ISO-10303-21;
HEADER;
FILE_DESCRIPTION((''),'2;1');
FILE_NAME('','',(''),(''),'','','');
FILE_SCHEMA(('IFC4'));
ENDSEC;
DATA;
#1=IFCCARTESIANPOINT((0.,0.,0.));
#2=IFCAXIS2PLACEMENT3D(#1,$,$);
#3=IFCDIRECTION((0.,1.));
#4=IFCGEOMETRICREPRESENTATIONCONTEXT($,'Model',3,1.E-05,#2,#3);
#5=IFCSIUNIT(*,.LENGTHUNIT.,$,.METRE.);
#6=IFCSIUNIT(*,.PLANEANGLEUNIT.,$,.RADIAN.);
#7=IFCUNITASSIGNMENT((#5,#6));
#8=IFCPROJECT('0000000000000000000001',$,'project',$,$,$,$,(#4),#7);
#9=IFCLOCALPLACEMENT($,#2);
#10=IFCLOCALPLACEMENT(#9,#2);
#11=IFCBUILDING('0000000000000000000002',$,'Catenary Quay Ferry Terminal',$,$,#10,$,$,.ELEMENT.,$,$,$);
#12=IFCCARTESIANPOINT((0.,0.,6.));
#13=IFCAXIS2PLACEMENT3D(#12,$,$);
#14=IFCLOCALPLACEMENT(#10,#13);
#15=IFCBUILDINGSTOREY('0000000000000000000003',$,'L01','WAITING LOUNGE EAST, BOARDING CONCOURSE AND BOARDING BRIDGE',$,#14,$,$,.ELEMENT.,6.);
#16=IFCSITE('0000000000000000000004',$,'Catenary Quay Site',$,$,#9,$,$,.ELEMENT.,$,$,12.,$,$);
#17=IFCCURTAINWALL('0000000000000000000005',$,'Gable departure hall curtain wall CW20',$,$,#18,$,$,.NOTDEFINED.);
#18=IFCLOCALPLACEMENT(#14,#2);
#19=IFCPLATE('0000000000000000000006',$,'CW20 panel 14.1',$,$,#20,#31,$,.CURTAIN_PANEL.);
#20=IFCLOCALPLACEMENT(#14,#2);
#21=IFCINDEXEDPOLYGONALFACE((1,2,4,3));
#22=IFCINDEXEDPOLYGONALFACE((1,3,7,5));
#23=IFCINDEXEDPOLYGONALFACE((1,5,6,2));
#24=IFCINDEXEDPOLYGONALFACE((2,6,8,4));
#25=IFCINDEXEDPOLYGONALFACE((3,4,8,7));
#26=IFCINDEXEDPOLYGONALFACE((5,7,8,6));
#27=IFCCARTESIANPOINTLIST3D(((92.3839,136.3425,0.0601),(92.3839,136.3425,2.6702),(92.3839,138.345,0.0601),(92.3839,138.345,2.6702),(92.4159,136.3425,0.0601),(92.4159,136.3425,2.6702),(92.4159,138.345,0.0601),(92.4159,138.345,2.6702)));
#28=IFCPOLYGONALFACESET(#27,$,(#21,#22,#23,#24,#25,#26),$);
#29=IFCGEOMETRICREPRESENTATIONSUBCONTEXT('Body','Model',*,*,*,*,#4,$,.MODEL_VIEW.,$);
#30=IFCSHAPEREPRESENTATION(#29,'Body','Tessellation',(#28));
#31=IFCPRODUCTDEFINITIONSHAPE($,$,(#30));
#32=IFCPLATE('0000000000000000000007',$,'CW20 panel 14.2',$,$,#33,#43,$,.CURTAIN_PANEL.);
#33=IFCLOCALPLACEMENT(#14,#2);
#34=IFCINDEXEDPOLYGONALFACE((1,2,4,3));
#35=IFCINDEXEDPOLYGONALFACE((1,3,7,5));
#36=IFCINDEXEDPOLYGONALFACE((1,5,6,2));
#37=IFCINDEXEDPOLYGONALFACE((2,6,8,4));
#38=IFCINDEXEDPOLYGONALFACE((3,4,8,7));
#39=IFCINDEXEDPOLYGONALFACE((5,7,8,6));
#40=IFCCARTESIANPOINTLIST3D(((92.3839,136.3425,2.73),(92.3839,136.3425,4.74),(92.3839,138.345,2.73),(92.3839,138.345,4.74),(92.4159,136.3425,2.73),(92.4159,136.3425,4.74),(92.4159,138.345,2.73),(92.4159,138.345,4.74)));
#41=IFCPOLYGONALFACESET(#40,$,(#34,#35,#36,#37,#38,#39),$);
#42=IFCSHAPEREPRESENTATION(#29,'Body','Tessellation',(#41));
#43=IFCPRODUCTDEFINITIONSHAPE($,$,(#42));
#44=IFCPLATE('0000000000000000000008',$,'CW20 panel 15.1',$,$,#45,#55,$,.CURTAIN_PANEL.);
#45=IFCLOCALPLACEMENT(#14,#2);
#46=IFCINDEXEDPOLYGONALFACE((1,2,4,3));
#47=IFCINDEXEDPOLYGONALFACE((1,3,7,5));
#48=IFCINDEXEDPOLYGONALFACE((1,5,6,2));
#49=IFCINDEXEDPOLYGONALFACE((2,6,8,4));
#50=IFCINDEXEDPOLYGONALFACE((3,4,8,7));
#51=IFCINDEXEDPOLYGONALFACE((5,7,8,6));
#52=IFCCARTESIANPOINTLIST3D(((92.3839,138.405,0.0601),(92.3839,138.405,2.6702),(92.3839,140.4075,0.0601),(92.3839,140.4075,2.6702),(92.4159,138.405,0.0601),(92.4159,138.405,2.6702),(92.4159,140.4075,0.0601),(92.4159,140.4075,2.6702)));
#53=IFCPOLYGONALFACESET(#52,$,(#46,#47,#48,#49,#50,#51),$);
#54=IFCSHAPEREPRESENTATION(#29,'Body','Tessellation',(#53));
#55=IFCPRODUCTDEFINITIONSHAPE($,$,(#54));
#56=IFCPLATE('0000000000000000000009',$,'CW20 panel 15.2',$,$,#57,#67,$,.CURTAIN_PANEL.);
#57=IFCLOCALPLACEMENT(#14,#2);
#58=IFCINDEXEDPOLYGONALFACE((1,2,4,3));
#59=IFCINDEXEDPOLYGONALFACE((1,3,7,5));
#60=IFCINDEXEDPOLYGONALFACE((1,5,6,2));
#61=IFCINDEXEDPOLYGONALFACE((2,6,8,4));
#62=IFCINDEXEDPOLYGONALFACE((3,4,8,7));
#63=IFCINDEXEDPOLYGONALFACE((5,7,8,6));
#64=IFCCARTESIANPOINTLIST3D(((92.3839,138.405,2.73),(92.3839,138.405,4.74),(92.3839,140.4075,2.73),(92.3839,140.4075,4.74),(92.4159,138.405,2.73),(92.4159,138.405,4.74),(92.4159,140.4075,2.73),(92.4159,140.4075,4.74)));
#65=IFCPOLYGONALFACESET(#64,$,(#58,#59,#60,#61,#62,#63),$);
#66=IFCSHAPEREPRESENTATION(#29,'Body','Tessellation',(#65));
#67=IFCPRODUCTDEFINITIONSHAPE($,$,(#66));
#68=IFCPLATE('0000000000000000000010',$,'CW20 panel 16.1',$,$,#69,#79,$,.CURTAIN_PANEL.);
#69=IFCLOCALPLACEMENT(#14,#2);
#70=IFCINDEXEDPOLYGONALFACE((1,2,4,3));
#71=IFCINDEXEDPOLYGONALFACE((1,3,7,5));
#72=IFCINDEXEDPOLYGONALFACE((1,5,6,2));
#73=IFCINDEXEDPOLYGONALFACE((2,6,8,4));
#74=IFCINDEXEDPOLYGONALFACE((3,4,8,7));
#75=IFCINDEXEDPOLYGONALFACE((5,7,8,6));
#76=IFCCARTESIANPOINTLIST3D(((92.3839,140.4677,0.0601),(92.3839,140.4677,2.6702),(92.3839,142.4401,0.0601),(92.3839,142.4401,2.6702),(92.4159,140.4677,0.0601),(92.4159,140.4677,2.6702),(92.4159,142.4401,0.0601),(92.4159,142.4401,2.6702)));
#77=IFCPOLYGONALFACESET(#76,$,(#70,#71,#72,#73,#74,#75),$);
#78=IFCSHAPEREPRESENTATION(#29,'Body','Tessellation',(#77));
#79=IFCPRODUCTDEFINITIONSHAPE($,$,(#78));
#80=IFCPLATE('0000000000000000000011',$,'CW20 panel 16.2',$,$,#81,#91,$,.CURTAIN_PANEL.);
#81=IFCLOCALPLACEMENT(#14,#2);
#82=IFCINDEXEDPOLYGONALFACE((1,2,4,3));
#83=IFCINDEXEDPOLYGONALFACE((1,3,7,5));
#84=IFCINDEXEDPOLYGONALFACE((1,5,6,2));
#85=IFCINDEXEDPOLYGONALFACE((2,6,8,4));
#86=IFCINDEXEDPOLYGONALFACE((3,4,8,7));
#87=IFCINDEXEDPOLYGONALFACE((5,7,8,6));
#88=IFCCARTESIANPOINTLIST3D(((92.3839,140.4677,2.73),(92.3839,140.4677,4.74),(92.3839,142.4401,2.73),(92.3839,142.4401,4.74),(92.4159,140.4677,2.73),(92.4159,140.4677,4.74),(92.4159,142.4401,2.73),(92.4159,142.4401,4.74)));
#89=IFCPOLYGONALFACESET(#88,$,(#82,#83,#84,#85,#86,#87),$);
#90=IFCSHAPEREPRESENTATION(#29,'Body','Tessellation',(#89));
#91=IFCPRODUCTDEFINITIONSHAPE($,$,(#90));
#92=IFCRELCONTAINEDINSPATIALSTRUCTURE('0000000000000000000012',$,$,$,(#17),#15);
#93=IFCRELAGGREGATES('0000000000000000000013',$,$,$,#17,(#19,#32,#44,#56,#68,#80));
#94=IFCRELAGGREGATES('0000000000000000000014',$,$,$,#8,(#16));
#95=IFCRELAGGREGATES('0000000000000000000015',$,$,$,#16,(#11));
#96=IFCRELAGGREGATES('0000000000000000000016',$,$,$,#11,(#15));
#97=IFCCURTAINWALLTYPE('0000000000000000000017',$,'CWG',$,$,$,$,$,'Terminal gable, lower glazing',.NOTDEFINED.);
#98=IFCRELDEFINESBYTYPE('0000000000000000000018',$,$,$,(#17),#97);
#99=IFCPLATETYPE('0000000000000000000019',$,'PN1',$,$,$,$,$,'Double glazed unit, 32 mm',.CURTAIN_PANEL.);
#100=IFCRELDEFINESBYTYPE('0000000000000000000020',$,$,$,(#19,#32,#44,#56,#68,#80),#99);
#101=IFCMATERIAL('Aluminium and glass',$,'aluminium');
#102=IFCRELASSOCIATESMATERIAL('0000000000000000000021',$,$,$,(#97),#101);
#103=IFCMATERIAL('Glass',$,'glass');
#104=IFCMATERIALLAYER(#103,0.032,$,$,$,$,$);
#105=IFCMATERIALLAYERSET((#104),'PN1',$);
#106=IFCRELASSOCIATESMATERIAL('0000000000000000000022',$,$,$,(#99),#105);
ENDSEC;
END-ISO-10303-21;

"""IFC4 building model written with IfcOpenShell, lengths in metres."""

from ifc_helpers import new_model, si_unit, direction, frame, origin, origin_2d, place, context, subcontext, project, spatial, rectangle, extrude, material, layer, layer_set, type_object, element, aggregate, save


model = new_model("IFC4")

# Units and contexts
model_context = context("Model", 3, precision=1e-05, world=origin(), true_north=direction((0.0, 1.0)))
body_context = subcontext(model_context, "Body", "Model", "MODEL_VIEW")
ifc_project = project(units=[si_unit("LENGTHUNIT", "METRE"), si_unit("PLANEANGLEUNIT", "RADIAN")], contexts=[model_context])

# Site, building, storey
site_placement = place(None, origin())
site = spatial("IfcSite", under=ifc_project, at=site_placement, Name="Catenary Quay Site", CompositionType="ELEMENT", RefElevation=12.0)
building_placement = place(site_placement, origin())
building = spatial("IfcBuilding", under=site, at=building_placement, Name="Catenary Quay Ferry Terminal", CompositionType="ELEMENT")
storey_placement = place(building_placement, frame((0.0, 0.0, 6.0)))
storey = spatial("IfcBuildingStorey", under=building, at=storey_placement, Name="L01", Description="WAITING LOUNGE EAST, BOARDING CONCOURSE AND BOARDING BRIDGE", CompositionType="ELEMENT", Elevation=6.0)

# Curtain wall, plates
ifc_material_1 = material(Name="Aluminium and glass", Category="aluminium")
curtain_wall_type = type_object("IfcCurtainWallType", Name="CWG", ElementType="Terminal gable, lower glazing", PredefinedType="NOTDEFINED", material=ifc_material_1)
curtain_wall_placement = place(storey_placement, origin())
curtain_wall = element("IfcCurtainWall", 1, at=curtain_wall_placement, inside=storey, type_object=curtain_wall_type, Name="Gable departure hall curtain wall CW20", PredefinedType="NOTDEFINED")
ifc_material_2 = material(Name="Glass", Category="glass")
ifc_layer = layer(ifc_material_2, 0.032)
ifc_layer_set = layer_set([ifc_layer], Name="PN1")
plate_type = type_object("IfcPlateType", Name="PN1", ElementType="Double glazed unit, 32 mm", PredefinedType="CURTAIN_PANEL", material=ifc_layer_set)
plate_1_placement = place(storey_placement, frame((92.3999, 137.3438, 0.0601), z_axis=(0.0, 0.0, 1.0), x_axis=(0.0, 1.0, 0.0)))
plate_1 = element("IfcPlate", 2, at=plate_1_placement, type_object=plate_type, Name="CW20 panel 14.1", PredefinedType="CURTAIN_PANEL", context=body_context, shape_type="SweptSolid", body=[
    extrude(rectangle(XDim=2.0024, YDim=0.032, at=origin_2d()), origin(), (0.0, 0.0, 1.0), 2.6101),
])
plate_2_placement = place(storey_placement, frame((92.3999, 137.3438, 2.73), z_axis=(0.0, 0.0, 1.0), x_axis=(0.0, 1.0, 0.0)))
plate_2 = element("IfcPlate", 3, at=plate_2_placement, type_object=plate_type, Name="CW20 panel 14.2", PredefinedType="CURTAIN_PANEL", context=body_context, shape_type="SweptSolid", body=[
    extrude(rectangle(XDim=2.0024, YDim=0.032, at=origin_2d()), origin(), (0.0, 0.0, 1.0), 2.01),
])
plate_3_placement = place(storey_placement, frame((92.3999, 139.4062, 0.0601), z_axis=(0.0, 0.0, 1.0), x_axis=(0.0, 1.0, 0.0)))
plate_3 = element("IfcPlate", 4, at=plate_3_placement, type_object=plate_type, Name="CW20 panel 15.1", PredefinedType="CURTAIN_PANEL", context=body_context, shape_type="SweptSolid", body=[
    extrude(rectangle(XDim=2.0024, YDim=0.032, at=origin_2d()), origin(), (0.0, 0.0, 1.0), 2.6101),
])
plate_4_placement = place(storey_placement, frame((92.3999, 139.4062, 2.73), z_axis=(0.0, 0.0, 1.0), x_axis=(0.0, 1.0, 0.0)))
plate_4 = element("IfcPlate", 5, at=plate_4_placement, type_object=plate_type, Name="CW20 panel 15.2", PredefinedType="CURTAIN_PANEL", context=body_context, shape_type="SweptSolid", body=[
    extrude(rectangle(XDim=2.0024, YDim=0.032, at=origin_2d()), origin(), (0.0, 0.0, 1.0), 2.01),
])
plate_5_placement = place(storey_placement, frame((92.3999, 141.4539, 0.0601), z_axis=(0.0, 0.0, 1.0), x_axis=(0.0, 1.0, 0.0)))
plate_5 = element("IfcPlate", 6, at=plate_5_placement, type_object=plate_type, Name="CW20 panel 16.1", PredefinedType="CURTAIN_PANEL", context=body_context, shape_type="SweptSolid", body=[
    extrude(rectangle(XDim=1.9724, YDim=0.032, at=origin_2d()), origin(), (0.0, 0.0, 1.0), 2.6101),
])
plate_6_placement = place(storey_placement, frame((92.3999, 141.4539, 2.73), z_axis=(0.0, 0.0, 1.0), x_axis=(0.0, 1.0, 0.0)))
plate_6 = element("IfcPlate", 7, at=plate_6_placement, type_object=plate_type, Name="CW20 panel 16.2", PredefinedType="CURTAIN_PANEL", context=body_context, shape_type="SweptSolid", body=[
    extrude(rectangle(XDim=1.9724, YDim=0.032, at=origin_2d()), origin(), (0.0, 0.0, 1.0), 2.01),
])
aggregate(curtain_wall, [plate_1, plate_2, plate_3, plate_4, plate_5, plate_6])

save(model, "model.ifc")
